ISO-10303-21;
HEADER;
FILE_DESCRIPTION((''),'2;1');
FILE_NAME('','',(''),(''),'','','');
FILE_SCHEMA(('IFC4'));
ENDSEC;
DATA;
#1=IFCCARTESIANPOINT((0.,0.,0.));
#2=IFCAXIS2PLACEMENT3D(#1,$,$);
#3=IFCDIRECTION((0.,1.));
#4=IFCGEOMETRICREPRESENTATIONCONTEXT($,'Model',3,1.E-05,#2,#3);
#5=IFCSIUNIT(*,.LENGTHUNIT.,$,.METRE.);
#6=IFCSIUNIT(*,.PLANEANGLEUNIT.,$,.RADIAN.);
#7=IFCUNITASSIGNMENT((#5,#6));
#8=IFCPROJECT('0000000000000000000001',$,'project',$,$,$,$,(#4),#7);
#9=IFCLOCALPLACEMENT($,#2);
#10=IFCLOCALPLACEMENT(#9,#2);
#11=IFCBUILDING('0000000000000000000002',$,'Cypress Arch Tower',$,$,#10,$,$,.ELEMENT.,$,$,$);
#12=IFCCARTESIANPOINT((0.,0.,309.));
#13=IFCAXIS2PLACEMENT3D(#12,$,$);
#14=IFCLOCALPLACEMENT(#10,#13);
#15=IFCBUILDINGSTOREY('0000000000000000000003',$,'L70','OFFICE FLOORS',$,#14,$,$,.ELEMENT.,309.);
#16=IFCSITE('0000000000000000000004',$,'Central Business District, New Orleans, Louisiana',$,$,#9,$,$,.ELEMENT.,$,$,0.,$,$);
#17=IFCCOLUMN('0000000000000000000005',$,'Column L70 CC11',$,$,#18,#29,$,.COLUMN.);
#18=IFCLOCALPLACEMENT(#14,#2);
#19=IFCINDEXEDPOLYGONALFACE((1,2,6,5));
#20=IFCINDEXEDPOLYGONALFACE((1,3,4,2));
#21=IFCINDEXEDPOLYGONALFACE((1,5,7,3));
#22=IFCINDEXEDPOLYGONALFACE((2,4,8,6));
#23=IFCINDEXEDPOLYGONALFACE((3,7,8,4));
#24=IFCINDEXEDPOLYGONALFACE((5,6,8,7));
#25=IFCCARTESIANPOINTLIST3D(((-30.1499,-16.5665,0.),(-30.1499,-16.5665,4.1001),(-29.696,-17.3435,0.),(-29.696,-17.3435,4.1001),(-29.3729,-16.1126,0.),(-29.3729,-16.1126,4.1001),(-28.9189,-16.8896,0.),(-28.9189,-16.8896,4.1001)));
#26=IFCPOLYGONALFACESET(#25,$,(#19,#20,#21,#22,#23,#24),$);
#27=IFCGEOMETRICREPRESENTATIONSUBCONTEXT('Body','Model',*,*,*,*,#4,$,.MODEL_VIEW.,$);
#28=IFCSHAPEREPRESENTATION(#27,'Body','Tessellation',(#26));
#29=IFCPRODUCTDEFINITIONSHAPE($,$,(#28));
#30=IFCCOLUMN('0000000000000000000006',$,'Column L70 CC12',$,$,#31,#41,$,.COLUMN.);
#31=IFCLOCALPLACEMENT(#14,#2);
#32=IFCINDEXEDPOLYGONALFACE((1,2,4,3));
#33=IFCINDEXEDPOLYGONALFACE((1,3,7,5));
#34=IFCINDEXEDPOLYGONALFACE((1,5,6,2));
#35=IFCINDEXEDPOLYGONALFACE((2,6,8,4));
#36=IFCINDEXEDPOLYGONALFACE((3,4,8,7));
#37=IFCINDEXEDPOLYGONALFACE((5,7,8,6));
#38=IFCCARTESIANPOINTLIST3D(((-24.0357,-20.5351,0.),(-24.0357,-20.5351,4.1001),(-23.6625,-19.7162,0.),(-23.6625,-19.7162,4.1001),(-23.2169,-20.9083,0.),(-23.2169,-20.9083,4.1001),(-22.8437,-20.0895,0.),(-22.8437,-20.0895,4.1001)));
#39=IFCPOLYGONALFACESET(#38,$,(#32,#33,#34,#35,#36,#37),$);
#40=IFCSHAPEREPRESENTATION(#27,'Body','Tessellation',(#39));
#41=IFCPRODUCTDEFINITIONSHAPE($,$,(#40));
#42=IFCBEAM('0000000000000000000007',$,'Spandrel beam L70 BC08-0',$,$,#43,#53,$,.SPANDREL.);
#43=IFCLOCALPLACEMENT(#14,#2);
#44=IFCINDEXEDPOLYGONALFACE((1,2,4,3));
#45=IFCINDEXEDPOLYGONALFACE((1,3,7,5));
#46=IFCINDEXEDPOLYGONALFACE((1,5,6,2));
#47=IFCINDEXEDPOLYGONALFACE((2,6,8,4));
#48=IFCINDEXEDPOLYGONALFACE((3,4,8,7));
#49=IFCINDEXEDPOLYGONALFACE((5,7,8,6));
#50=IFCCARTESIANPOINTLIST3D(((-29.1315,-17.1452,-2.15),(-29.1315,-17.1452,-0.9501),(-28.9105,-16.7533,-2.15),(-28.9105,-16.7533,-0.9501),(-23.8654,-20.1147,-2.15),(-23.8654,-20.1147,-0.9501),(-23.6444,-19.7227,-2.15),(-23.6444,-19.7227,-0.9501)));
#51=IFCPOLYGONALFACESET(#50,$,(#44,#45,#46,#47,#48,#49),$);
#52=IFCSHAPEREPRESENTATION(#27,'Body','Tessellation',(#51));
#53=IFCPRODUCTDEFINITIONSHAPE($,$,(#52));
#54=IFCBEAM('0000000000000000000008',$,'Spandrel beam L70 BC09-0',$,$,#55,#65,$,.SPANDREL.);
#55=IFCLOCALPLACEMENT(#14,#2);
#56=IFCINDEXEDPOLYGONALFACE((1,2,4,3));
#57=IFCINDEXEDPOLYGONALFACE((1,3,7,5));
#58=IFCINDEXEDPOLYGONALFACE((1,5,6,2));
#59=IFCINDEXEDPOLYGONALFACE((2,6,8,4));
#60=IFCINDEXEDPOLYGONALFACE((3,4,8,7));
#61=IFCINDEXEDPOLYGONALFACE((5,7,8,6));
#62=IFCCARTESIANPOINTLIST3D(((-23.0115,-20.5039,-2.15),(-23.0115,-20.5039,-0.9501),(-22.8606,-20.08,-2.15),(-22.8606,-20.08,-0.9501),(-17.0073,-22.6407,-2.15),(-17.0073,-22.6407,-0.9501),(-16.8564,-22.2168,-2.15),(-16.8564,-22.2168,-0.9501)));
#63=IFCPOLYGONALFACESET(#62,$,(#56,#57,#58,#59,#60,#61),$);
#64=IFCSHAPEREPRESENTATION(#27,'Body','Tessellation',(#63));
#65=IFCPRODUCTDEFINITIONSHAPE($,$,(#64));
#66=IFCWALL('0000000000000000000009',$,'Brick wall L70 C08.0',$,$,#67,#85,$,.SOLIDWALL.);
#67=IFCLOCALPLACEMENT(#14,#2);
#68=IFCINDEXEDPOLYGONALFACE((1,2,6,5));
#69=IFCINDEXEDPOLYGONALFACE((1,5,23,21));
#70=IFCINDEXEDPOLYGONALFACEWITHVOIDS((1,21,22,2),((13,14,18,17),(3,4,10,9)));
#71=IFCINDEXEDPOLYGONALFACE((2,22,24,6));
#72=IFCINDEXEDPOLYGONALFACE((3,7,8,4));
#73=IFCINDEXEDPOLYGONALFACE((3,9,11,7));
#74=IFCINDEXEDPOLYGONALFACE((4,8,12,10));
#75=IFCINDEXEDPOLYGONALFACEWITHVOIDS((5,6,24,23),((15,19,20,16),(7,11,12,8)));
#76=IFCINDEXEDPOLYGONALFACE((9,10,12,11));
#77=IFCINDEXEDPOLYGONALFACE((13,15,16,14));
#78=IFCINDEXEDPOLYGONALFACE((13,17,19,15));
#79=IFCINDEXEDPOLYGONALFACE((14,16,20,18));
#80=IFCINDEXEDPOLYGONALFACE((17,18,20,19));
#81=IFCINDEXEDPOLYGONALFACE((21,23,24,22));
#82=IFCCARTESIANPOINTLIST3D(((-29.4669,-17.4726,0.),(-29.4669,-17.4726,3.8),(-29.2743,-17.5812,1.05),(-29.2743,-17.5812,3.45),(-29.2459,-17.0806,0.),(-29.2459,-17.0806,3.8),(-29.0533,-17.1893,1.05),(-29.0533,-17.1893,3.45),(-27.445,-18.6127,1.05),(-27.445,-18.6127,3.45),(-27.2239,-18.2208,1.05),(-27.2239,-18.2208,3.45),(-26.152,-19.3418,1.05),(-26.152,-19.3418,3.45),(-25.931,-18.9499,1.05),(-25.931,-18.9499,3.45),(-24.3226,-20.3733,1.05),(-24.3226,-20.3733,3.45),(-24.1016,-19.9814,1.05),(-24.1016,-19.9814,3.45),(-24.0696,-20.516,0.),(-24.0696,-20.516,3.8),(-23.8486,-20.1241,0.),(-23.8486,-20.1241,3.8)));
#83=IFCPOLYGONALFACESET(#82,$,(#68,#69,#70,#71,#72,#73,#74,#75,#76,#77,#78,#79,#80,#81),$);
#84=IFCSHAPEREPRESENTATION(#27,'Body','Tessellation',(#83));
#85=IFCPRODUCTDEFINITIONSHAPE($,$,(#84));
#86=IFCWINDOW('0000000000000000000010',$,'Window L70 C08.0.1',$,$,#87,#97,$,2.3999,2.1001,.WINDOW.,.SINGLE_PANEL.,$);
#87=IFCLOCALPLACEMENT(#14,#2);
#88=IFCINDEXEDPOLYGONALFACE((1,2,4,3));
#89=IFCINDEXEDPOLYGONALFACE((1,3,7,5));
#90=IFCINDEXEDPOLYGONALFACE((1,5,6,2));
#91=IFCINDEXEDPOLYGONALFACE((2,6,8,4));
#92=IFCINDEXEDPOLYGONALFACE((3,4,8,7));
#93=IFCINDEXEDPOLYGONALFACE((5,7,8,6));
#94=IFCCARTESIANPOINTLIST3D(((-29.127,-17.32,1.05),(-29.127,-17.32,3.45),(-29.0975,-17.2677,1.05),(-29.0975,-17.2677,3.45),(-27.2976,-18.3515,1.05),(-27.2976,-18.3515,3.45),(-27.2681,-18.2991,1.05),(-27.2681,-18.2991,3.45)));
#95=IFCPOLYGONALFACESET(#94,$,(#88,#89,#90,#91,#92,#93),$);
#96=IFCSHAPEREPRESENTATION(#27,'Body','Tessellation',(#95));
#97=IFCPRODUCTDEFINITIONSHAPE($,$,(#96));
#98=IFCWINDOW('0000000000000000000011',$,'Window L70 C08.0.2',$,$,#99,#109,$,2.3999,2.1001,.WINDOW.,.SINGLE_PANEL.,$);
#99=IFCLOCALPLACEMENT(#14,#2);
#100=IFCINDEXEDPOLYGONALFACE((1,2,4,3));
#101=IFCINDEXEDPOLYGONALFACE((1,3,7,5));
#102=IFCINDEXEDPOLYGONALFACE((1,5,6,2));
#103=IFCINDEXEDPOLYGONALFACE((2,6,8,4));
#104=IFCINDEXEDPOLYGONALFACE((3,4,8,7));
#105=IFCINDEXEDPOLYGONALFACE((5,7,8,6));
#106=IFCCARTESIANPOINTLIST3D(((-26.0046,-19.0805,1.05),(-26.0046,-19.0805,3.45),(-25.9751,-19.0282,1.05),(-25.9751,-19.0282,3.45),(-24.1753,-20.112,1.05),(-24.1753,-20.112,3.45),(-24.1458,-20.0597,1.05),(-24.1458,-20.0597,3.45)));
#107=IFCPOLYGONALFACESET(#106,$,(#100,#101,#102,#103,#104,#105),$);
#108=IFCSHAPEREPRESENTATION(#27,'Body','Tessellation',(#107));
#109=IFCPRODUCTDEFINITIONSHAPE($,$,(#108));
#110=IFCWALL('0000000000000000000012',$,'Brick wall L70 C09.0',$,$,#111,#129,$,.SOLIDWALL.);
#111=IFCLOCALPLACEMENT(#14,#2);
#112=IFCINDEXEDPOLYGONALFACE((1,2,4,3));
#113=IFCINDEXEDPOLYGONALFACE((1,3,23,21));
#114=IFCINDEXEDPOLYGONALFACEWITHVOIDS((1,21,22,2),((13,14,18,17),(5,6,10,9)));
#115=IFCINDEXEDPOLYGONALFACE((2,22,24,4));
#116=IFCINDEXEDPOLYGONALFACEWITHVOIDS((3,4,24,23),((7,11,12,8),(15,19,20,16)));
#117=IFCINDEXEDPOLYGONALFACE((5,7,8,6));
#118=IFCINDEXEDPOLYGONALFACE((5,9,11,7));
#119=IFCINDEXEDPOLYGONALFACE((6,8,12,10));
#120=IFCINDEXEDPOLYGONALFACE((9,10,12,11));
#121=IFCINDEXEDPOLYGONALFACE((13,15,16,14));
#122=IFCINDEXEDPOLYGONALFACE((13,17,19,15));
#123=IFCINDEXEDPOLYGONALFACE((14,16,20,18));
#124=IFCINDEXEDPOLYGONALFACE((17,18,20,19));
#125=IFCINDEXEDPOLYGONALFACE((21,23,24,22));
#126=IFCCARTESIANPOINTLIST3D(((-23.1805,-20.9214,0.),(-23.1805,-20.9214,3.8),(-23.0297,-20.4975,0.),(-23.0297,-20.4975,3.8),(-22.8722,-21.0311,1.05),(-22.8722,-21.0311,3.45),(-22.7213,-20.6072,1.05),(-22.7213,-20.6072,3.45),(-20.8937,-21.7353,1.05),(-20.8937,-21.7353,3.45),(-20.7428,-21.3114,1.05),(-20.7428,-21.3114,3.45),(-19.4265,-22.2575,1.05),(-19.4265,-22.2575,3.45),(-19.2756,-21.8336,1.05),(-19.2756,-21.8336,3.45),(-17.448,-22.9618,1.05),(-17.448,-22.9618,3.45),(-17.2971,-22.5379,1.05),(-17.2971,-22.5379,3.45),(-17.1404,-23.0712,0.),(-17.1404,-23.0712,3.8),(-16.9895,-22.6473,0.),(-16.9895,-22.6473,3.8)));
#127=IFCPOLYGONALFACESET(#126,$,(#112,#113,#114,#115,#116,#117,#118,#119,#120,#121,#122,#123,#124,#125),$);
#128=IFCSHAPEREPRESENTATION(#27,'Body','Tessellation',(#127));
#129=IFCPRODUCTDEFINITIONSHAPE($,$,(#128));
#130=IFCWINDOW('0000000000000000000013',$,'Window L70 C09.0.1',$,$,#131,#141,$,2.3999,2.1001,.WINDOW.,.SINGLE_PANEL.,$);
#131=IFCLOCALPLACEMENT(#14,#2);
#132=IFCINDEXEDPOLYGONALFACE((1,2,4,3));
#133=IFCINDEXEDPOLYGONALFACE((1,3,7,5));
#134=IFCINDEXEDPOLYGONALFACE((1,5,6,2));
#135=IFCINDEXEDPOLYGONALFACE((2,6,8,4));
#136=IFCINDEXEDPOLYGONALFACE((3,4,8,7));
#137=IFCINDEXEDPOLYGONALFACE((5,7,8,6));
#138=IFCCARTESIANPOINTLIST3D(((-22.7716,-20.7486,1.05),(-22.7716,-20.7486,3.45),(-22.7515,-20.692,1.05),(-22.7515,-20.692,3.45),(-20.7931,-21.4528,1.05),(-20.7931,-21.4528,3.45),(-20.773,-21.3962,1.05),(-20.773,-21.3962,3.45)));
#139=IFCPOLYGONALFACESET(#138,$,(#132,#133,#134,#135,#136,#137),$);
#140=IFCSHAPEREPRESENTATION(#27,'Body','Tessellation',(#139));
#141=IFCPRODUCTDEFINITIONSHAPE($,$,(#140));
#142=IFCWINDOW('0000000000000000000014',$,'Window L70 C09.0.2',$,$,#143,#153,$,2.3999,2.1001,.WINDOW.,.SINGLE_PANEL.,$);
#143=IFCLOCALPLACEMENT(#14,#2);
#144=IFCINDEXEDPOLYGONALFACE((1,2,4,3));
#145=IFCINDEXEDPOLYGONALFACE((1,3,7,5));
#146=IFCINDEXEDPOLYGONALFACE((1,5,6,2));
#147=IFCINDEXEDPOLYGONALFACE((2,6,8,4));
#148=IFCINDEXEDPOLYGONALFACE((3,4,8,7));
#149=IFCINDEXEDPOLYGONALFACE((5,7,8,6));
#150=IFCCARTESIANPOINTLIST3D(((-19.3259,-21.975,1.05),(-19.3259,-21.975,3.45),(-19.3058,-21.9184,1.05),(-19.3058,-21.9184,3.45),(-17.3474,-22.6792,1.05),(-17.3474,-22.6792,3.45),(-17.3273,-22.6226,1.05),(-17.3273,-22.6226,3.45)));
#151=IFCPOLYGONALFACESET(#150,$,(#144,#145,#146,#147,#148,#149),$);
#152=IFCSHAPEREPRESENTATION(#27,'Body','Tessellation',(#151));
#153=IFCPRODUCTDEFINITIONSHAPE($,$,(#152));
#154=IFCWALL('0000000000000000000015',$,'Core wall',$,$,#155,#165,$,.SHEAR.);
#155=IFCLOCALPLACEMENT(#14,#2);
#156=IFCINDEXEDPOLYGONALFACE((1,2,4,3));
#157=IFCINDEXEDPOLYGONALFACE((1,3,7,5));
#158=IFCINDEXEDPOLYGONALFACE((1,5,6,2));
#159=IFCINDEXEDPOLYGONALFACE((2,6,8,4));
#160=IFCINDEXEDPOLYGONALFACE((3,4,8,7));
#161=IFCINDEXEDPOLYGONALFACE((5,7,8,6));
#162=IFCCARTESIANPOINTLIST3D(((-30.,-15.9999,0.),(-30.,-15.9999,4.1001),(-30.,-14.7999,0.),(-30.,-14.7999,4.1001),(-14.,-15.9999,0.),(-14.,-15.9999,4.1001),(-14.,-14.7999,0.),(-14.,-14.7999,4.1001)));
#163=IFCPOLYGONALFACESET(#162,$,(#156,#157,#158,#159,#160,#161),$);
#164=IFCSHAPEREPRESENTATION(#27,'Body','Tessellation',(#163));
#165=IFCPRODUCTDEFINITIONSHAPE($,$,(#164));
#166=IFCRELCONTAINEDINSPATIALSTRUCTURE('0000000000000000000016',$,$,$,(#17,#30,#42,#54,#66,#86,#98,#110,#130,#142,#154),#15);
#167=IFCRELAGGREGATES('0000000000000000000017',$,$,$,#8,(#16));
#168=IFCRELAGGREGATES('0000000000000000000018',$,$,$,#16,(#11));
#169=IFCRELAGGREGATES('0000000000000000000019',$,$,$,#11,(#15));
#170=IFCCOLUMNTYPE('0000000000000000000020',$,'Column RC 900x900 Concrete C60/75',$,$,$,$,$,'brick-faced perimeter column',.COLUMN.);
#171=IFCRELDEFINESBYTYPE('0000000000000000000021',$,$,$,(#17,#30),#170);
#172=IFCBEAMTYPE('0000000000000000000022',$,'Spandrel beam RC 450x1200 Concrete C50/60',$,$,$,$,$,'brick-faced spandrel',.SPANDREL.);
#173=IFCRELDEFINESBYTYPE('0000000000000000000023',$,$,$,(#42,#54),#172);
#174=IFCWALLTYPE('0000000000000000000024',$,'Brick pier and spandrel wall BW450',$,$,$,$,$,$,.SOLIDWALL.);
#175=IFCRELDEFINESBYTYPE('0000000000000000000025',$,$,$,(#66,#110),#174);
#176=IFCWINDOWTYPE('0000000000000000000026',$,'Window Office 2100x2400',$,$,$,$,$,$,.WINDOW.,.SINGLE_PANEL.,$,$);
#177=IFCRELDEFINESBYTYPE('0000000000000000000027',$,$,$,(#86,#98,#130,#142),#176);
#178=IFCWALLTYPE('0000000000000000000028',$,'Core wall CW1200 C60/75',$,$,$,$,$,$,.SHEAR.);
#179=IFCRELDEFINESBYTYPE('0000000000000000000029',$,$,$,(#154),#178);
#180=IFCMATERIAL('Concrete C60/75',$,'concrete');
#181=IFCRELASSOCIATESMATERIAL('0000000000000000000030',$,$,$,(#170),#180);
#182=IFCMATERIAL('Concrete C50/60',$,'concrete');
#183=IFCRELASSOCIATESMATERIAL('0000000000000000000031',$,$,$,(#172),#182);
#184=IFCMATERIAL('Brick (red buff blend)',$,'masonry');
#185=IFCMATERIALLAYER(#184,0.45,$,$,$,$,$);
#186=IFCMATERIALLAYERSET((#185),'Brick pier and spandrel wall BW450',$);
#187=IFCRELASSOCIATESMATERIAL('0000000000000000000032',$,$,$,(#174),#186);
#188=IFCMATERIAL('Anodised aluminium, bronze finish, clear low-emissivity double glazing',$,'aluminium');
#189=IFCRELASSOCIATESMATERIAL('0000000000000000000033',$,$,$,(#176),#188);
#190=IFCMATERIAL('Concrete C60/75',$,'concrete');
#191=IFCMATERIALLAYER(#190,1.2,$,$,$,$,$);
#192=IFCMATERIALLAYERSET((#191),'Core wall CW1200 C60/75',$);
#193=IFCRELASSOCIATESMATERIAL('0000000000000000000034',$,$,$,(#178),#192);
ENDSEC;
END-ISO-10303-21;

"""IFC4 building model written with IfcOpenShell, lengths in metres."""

from ifc_helpers import new_model, si_unit, direction, frame, frame_2d, origin, origin_2d, place, context, subcontext, project, spatial, rectangle, extrude, material, layer, layer_set, material_profile, profile_set, type_object, element, fill, save


model = new_model("IFC4")

# Units and contexts
model_context = context("Model", 3, precision=1e-05, world=origin(), true_north=direction((0.0, 1.0)))
body_context = subcontext(model_context, "Body", "Model", "MODEL_VIEW")
ifc_project = project(units=[si_unit("LENGTHUNIT", "METRE"), si_unit("PLANEANGLEUNIT", "RADIAN")], contexts=[model_context])

# Site, building, storey
site_placement = place(None, origin())
site = spatial("IfcSite", under=ifc_project, at=site_placement, Name="Central Business District, New Orleans, Louisiana", CompositionType="ELEMENT", RefElevation=0.0)
building_placement = place(site_placement, origin())
building = spatial("IfcBuilding", under=site, at=building_placement, Name="Cypress Arch Tower", CompositionType="ELEMENT")
storey_placement = place(building_placement, frame((0.0, 0.0, 309.0)))
storey = spatial("IfcBuildingStorey", under=building, at=storey_placement, Name="L70", Description="OFFICE FLOORS", CompositionType="ELEMENT", Elevation=309.0)

# Columns
ifc_material_1 = material(Name="Concrete C60/75", Category="concrete")
ifc_material_profile_1 = material_profile(ifc_material_1, rectangle(XDim=0.8999, YDim=0.8999, at=origin_2d()), Name="RC 900x900")
ifc_profile_set_1 = profile_set([ifc_material_profile_1], Name="Concrete C60/75")
column_type = type_object("IfcColumnType", Name="Column RC 900x900 Concrete C60/75", ElementType="brick-faced perimeter column", PredefinedType="COLUMN", material=ifc_profile_set_1)
for number, where, z_axis, x_axis, name in (
    (1, (-29.5344, -16.728, 0.0), (0.0, 0.0, 1.0), (0.504399, -0.863471, 0.0), "Column L70 CC11"),
    (2, (-23.4397, -20.3123, 0.0), (0.0, 0.0, 1.0), (0.909932, -0.414757, 0.0), "Column L70 CC12"),
):
    element("IfcColumn", number, at=place(storey_placement, frame(where, z_axis=z_axis, x_axis=x_axis)), inside=storey, type_object=column_type, Name=name, PredefinedType="COLUMN", context=body_context, shape_type="SweptSolid", body=[
        extrude(rectangle(XDim=0.8999, YDim=0.8999, at=origin_2d()), origin(), (0.0, 0.0, 1.0), 4.1001),
    ])

# Beams
ifc_material_2 = material(Name="Concrete C50/60", Category="concrete")
ifc_material_profile_2 = material_profile(ifc_material_2, rectangle(XDim=0.45, YDim=1.2, at=origin_2d()), Name="RC 450x1200")
ifc_profile_set_2 = profile_set([ifc_material_profile_2], Name="Concrete C50/60")
beam_type = type_object("IfcBeamType", Name="Spandrel beam RC 450x1200 Concrete C50/60", ElementType="brick-faced spandrel", PredefinedType="SPANDREL", material=ifc_profile_set_2)
beam_1_placement = place(storey_placement, frame((-29.021, -16.9492, -1.55), z_axis=(0.87106, -0.491177, 0.0), x_axis=(0.491177, 0.87106, 0.0)))
element("IfcBeam", 3, at=beam_1_placement, inside=storey, type_object=beam_type, Name="Spandrel beam L70 BC08-0", PredefinedType="SPANDREL", context=body_context, shape_type="SweptSolid", body=[
    extrude(rectangle(XDim=0.45, YDim=1.2, at=origin_2d()), origin(), (0.0, 0.0, 1.0), 6.0457),
])
beam_2_placement = place(storey_placement, frame((-22.936, -20.292, -1.55), z_axis=(0.94212, -0.335276, 0.0), x_axis=(0.335276, 0.94212, 0.0)))
element("IfcBeam", 4, at=beam_2_placement, inside=storey, type_object=beam_type, Name="Spandrel beam L70 BC09-0", PredefinedType="SPANDREL", context=body_context, shape_type="SweptSolid", body=[
    extrude(rectangle(XDim=0.45, YDim=1.2, at=origin_2d()), origin(), (0.0, 0.0, 1.0), 6.373),
])

# Walls, openings, windows
ifc_material_3 = material(Name="Brick (red buff blend)", Category="masonry")
ifc_layer_1 = layer(ifc_material_3, 0.45)
ifc_layer_set_1 = layer_set([ifc_layer_1], Name="Brick pier and spandrel wall BW450")
wall_type_1 = type_object("IfcWallType", Name="Brick pier and spandrel wall BW450", PredefinedType="SOLIDWALL", material=ifc_layer_set_1)
wall_1_placement = place(storey_placement, frame((-29.3564, -17.2766, 0.0), z_axis=(0.0, 0.0, 1.0), x_axis=(0.871066, -0.491166, 0.0)))
wall_1 = element("IfcWall", 5, at=wall_1_placement, inside=storey, type_object=wall_type_1, Name="Brick wall L70 C08.0", PredefinedType="SOLIDWALL", context=body_context, shape_type="SweptSolid", body=[
    extrude(rectangle(XDim=6.1963, YDim=0.45, at=frame_2d((3.0981, 0.0))), origin(), (0.0, 0.0, 1.0), 3.8),
])
opening_1_placement = place(wall_1_placement, frame((0.2212, 0.0, 1.05)))
opening_1 = element("IfcOpeningElement", 6, at=opening_1_placement, cuts=wall_1, PredefinedType="OPENING", context=body_context, shape_type="SweptSolid", body=[
    extrude(rectangle(XDim=2.1001, YDim=2.3999, at=frame_2d((1.05, 1.2))), frame((0.0, 0.2349, 0.0), z_axis=(0.0, -1.0, 0.0), x_axis=(1.0, 0.0, 0.0)), (0.0, 0.0, 1.0), 0.47),
])
opening_2_placement = place(wall_1_placement, frame((3.8057, 0.0, 1.05)))
opening_2 = element("IfcOpeningElement", 7, at=opening_2_placement, cuts=wall_1, PredefinedType="OPENING", context=body_context, shape_type="SweptSolid", body=[
    extrude(rectangle(XDim=2.1001, YDim=2.3999, at=frame_2d((1.05, 1.2))), frame((0.0, 0.2349, 0.0), z_axis=(0.0, -1.0, 0.0), x_axis=(1.0, 0.0, 0.0)), (0.0, 0.0, 1.0), 0.47),
])
ifc_material_4 = material(Name="Anodised aluminium, bronze finish, clear low-emissivity double glazing", Category="aluminium")
window_type = type_object("IfcWindowType", Name="Window Office 2100x2400", PartitioningType="SINGLE_PANEL", PredefinedType="WINDOW", material=ifc_material_4)
window_1_placement = place(opening_1_placement, origin())
window_1 = element("IfcWindow", 8, at=window_1_placement, inside=storey, type_object=window_type, Name="Window L70 C08.0.1", OverallHeight=2.3999, OverallWidth=2.1001, PartitioningType="SINGLE_PANEL", PredefinedType="WINDOW", context=body_context, shape_type="SweptSolid", body=[
    extrude(rectangle(XDim=2.1001, YDim=2.3999, at=frame_2d((1.05, 1.2))), frame((0.0, 0.135, 0.0), z_axis=(0.0, -1.0, 0.0), x_axis=(1.0, 0.0, 0.0)), (0.0, 0.0, 1.0), 0.0601),
])
fill(opening_1, window_1)
window_2_placement = place(opening_2_placement, origin())
window_2 = element("IfcWindow", 9, at=window_2_placement, inside=storey, type_object=window_type, Name="Window L70 C08.0.2", OverallHeight=2.3999, OverallWidth=2.1001, PartitioningType="SINGLE_PANEL", PredefinedType="WINDOW", context=body_context, shape_type="SweptSolid", body=[
    extrude(rectangle(XDim=2.1001, YDim=2.3999, at=frame_2d((1.05, 1.2))), frame((0.0, 0.135, 0.0), z_axis=(0.0, -1.0, 0.0), x_axis=(1.0, 0.0, 0.0)), (0.0, 0.0, 1.0), 0.0601),
])
fill(opening_2, window_2)
wall_2_placement = place(storey_placement, frame((-23.105, -20.7095, 0.0), z_axis=(0.0, 0.0, 1.0), x_axis=(0.942104, -0.335321, 0.0)))
wall_2 = element("IfcWall", 10, at=wall_2_placement, inside=storey, type_object=wall_type_1, Name="Brick wall L70 C09.0", PredefinedType="SOLIDWALL", context=body_context, shape_type="SweptSolid", body=[
    extrude(rectangle(XDim=6.4114, YDim=0.45, at=frame_2d((3.2056, 0.0))), origin(), (0.0, 0.0, 1.0), 3.8),
])
opening_3_placement = place(wall_2_placement, frame((0.3271, 0.0, 1.05)))
opening_3 = element("IfcOpeningElement", 11, at=opening_3_placement, cuts=wall_2, PredefinedType="OPENING", context=body_context, shape_type="SweptSolid", body=[
    extrude(rectangle(XDim=2.1001, YDim=2.3999, at=frame_2d((1.05, 1.2))), frame((0.0, 0.2349, 0.0), z_axis=(0.0, -1.0, 0.0), x_axis=(1.0, 0.0, 0.0)), (0.0, 0.0, 1.0), 0.47),
])
opening_4_placement = place(wall_2_placement, frame((3.9846, 0.0, 1.05)))
opening_4 = element("IfcOpeningElement", 12, at=opening_4_placement, cuts=wall_2, PredefinedType="OPENING", context=body_context, shape_type="SweptSolid", body=[
    extrude(rectangle(XDim=2.1001, YDim=2.3999, at=frame_2d((1.05, 1.2))), frame((0.0, 0.2349, 0.0), z_axis=(0.0, -1.0, 0.0), x_axis=(1.0, 0.0, 0.0)), (0.0, 0.0, 1.0), 0.47),
])
window_3_placement = place(opening_3_placement, origin())
window_3 = element("IfcWindow", 13, at=window_3_placement, inside=storey, type_object=window_type, Name="Window L70 C09.0.1", OverallHeight=2.3999, OverallWidth=2.1001, PartitioningType="SINGLE_PANEL", PredefinedType="WINDOW", context=body_context, shape_type="SweptSolid", body=[
    extrude(rectangle(XDim=2.1001, YDim=2.3999, at=frame_2d((1.05, 1.2))), frame((0.0, 0.135, 0.0), z_axis=(0.0, -1.0, 0.0), x_axis=(1.0, 0.0, 0.0)), (0.0, 0.0, 1.0), 0.0601),
])
fill(opening_3, window_3)
window_4_placement = place(opening_4_placement, origin())
window_4 = element("IfcWindow", 14, at=window_4_placement, inside=storey, type_object=window_type, Name="Window L70 C09.0.2", OverallHeight=2.3999, OverallWidth=2.1001, PartitioningType="SINGLE_PANEL", PredefinedType="WINDOW", context=body_context, shape_type="SweptSolid", body=[
    extrude(rectangle(XDim=2.1001, YDim=2.3999, at=frame_2d((1.05, 1.2))), frame((0.0, 0.135, 0.0), z_axis=(0.0, -1.0, 0.0), x_axis=(1.0, 0.0, 0.0)), (0.0, 0.0, 1.0), 0.0601),
])
fill(opening_4, window_4)

# Wall
ifc_material_5 = material(Name="Concrete C60/75", Category="concrete")
ifc_layer_2 = layer(ifc_material_5, 1.2)
ifc_layer_set_2 = layer_set([ifc_layer_2], Name="Core wall CW1200 C60/75")
wall_type_2 = type_object("IfcWallType", Name="Core wall CW1200 C60/75", PredefinedType="SHEAR", material=ifc_layer_set_2)
wall_3_placement = place(storey_placement, frame((-30.0, -15.3999, 0.0), z_axis=(0.0, 0.0, 1.0), x_axis=(1.0, 0.0, 0.0)))
element("IfcWall", 15, at=wall_3_placement, inside=storey, type_object=wall_type_2, Name="Core wall", PredefinedType="SHEAR", context=body_context, shape_type="SweptSolid", body=[
    extrude(rectangle(XDim=16.0, YDim=1.2, at=frame_2d((8.0, 0.0))), origin(), (0.0, 0.0, 1.0), 4.1001),
])

save(model, "model.ifc")
